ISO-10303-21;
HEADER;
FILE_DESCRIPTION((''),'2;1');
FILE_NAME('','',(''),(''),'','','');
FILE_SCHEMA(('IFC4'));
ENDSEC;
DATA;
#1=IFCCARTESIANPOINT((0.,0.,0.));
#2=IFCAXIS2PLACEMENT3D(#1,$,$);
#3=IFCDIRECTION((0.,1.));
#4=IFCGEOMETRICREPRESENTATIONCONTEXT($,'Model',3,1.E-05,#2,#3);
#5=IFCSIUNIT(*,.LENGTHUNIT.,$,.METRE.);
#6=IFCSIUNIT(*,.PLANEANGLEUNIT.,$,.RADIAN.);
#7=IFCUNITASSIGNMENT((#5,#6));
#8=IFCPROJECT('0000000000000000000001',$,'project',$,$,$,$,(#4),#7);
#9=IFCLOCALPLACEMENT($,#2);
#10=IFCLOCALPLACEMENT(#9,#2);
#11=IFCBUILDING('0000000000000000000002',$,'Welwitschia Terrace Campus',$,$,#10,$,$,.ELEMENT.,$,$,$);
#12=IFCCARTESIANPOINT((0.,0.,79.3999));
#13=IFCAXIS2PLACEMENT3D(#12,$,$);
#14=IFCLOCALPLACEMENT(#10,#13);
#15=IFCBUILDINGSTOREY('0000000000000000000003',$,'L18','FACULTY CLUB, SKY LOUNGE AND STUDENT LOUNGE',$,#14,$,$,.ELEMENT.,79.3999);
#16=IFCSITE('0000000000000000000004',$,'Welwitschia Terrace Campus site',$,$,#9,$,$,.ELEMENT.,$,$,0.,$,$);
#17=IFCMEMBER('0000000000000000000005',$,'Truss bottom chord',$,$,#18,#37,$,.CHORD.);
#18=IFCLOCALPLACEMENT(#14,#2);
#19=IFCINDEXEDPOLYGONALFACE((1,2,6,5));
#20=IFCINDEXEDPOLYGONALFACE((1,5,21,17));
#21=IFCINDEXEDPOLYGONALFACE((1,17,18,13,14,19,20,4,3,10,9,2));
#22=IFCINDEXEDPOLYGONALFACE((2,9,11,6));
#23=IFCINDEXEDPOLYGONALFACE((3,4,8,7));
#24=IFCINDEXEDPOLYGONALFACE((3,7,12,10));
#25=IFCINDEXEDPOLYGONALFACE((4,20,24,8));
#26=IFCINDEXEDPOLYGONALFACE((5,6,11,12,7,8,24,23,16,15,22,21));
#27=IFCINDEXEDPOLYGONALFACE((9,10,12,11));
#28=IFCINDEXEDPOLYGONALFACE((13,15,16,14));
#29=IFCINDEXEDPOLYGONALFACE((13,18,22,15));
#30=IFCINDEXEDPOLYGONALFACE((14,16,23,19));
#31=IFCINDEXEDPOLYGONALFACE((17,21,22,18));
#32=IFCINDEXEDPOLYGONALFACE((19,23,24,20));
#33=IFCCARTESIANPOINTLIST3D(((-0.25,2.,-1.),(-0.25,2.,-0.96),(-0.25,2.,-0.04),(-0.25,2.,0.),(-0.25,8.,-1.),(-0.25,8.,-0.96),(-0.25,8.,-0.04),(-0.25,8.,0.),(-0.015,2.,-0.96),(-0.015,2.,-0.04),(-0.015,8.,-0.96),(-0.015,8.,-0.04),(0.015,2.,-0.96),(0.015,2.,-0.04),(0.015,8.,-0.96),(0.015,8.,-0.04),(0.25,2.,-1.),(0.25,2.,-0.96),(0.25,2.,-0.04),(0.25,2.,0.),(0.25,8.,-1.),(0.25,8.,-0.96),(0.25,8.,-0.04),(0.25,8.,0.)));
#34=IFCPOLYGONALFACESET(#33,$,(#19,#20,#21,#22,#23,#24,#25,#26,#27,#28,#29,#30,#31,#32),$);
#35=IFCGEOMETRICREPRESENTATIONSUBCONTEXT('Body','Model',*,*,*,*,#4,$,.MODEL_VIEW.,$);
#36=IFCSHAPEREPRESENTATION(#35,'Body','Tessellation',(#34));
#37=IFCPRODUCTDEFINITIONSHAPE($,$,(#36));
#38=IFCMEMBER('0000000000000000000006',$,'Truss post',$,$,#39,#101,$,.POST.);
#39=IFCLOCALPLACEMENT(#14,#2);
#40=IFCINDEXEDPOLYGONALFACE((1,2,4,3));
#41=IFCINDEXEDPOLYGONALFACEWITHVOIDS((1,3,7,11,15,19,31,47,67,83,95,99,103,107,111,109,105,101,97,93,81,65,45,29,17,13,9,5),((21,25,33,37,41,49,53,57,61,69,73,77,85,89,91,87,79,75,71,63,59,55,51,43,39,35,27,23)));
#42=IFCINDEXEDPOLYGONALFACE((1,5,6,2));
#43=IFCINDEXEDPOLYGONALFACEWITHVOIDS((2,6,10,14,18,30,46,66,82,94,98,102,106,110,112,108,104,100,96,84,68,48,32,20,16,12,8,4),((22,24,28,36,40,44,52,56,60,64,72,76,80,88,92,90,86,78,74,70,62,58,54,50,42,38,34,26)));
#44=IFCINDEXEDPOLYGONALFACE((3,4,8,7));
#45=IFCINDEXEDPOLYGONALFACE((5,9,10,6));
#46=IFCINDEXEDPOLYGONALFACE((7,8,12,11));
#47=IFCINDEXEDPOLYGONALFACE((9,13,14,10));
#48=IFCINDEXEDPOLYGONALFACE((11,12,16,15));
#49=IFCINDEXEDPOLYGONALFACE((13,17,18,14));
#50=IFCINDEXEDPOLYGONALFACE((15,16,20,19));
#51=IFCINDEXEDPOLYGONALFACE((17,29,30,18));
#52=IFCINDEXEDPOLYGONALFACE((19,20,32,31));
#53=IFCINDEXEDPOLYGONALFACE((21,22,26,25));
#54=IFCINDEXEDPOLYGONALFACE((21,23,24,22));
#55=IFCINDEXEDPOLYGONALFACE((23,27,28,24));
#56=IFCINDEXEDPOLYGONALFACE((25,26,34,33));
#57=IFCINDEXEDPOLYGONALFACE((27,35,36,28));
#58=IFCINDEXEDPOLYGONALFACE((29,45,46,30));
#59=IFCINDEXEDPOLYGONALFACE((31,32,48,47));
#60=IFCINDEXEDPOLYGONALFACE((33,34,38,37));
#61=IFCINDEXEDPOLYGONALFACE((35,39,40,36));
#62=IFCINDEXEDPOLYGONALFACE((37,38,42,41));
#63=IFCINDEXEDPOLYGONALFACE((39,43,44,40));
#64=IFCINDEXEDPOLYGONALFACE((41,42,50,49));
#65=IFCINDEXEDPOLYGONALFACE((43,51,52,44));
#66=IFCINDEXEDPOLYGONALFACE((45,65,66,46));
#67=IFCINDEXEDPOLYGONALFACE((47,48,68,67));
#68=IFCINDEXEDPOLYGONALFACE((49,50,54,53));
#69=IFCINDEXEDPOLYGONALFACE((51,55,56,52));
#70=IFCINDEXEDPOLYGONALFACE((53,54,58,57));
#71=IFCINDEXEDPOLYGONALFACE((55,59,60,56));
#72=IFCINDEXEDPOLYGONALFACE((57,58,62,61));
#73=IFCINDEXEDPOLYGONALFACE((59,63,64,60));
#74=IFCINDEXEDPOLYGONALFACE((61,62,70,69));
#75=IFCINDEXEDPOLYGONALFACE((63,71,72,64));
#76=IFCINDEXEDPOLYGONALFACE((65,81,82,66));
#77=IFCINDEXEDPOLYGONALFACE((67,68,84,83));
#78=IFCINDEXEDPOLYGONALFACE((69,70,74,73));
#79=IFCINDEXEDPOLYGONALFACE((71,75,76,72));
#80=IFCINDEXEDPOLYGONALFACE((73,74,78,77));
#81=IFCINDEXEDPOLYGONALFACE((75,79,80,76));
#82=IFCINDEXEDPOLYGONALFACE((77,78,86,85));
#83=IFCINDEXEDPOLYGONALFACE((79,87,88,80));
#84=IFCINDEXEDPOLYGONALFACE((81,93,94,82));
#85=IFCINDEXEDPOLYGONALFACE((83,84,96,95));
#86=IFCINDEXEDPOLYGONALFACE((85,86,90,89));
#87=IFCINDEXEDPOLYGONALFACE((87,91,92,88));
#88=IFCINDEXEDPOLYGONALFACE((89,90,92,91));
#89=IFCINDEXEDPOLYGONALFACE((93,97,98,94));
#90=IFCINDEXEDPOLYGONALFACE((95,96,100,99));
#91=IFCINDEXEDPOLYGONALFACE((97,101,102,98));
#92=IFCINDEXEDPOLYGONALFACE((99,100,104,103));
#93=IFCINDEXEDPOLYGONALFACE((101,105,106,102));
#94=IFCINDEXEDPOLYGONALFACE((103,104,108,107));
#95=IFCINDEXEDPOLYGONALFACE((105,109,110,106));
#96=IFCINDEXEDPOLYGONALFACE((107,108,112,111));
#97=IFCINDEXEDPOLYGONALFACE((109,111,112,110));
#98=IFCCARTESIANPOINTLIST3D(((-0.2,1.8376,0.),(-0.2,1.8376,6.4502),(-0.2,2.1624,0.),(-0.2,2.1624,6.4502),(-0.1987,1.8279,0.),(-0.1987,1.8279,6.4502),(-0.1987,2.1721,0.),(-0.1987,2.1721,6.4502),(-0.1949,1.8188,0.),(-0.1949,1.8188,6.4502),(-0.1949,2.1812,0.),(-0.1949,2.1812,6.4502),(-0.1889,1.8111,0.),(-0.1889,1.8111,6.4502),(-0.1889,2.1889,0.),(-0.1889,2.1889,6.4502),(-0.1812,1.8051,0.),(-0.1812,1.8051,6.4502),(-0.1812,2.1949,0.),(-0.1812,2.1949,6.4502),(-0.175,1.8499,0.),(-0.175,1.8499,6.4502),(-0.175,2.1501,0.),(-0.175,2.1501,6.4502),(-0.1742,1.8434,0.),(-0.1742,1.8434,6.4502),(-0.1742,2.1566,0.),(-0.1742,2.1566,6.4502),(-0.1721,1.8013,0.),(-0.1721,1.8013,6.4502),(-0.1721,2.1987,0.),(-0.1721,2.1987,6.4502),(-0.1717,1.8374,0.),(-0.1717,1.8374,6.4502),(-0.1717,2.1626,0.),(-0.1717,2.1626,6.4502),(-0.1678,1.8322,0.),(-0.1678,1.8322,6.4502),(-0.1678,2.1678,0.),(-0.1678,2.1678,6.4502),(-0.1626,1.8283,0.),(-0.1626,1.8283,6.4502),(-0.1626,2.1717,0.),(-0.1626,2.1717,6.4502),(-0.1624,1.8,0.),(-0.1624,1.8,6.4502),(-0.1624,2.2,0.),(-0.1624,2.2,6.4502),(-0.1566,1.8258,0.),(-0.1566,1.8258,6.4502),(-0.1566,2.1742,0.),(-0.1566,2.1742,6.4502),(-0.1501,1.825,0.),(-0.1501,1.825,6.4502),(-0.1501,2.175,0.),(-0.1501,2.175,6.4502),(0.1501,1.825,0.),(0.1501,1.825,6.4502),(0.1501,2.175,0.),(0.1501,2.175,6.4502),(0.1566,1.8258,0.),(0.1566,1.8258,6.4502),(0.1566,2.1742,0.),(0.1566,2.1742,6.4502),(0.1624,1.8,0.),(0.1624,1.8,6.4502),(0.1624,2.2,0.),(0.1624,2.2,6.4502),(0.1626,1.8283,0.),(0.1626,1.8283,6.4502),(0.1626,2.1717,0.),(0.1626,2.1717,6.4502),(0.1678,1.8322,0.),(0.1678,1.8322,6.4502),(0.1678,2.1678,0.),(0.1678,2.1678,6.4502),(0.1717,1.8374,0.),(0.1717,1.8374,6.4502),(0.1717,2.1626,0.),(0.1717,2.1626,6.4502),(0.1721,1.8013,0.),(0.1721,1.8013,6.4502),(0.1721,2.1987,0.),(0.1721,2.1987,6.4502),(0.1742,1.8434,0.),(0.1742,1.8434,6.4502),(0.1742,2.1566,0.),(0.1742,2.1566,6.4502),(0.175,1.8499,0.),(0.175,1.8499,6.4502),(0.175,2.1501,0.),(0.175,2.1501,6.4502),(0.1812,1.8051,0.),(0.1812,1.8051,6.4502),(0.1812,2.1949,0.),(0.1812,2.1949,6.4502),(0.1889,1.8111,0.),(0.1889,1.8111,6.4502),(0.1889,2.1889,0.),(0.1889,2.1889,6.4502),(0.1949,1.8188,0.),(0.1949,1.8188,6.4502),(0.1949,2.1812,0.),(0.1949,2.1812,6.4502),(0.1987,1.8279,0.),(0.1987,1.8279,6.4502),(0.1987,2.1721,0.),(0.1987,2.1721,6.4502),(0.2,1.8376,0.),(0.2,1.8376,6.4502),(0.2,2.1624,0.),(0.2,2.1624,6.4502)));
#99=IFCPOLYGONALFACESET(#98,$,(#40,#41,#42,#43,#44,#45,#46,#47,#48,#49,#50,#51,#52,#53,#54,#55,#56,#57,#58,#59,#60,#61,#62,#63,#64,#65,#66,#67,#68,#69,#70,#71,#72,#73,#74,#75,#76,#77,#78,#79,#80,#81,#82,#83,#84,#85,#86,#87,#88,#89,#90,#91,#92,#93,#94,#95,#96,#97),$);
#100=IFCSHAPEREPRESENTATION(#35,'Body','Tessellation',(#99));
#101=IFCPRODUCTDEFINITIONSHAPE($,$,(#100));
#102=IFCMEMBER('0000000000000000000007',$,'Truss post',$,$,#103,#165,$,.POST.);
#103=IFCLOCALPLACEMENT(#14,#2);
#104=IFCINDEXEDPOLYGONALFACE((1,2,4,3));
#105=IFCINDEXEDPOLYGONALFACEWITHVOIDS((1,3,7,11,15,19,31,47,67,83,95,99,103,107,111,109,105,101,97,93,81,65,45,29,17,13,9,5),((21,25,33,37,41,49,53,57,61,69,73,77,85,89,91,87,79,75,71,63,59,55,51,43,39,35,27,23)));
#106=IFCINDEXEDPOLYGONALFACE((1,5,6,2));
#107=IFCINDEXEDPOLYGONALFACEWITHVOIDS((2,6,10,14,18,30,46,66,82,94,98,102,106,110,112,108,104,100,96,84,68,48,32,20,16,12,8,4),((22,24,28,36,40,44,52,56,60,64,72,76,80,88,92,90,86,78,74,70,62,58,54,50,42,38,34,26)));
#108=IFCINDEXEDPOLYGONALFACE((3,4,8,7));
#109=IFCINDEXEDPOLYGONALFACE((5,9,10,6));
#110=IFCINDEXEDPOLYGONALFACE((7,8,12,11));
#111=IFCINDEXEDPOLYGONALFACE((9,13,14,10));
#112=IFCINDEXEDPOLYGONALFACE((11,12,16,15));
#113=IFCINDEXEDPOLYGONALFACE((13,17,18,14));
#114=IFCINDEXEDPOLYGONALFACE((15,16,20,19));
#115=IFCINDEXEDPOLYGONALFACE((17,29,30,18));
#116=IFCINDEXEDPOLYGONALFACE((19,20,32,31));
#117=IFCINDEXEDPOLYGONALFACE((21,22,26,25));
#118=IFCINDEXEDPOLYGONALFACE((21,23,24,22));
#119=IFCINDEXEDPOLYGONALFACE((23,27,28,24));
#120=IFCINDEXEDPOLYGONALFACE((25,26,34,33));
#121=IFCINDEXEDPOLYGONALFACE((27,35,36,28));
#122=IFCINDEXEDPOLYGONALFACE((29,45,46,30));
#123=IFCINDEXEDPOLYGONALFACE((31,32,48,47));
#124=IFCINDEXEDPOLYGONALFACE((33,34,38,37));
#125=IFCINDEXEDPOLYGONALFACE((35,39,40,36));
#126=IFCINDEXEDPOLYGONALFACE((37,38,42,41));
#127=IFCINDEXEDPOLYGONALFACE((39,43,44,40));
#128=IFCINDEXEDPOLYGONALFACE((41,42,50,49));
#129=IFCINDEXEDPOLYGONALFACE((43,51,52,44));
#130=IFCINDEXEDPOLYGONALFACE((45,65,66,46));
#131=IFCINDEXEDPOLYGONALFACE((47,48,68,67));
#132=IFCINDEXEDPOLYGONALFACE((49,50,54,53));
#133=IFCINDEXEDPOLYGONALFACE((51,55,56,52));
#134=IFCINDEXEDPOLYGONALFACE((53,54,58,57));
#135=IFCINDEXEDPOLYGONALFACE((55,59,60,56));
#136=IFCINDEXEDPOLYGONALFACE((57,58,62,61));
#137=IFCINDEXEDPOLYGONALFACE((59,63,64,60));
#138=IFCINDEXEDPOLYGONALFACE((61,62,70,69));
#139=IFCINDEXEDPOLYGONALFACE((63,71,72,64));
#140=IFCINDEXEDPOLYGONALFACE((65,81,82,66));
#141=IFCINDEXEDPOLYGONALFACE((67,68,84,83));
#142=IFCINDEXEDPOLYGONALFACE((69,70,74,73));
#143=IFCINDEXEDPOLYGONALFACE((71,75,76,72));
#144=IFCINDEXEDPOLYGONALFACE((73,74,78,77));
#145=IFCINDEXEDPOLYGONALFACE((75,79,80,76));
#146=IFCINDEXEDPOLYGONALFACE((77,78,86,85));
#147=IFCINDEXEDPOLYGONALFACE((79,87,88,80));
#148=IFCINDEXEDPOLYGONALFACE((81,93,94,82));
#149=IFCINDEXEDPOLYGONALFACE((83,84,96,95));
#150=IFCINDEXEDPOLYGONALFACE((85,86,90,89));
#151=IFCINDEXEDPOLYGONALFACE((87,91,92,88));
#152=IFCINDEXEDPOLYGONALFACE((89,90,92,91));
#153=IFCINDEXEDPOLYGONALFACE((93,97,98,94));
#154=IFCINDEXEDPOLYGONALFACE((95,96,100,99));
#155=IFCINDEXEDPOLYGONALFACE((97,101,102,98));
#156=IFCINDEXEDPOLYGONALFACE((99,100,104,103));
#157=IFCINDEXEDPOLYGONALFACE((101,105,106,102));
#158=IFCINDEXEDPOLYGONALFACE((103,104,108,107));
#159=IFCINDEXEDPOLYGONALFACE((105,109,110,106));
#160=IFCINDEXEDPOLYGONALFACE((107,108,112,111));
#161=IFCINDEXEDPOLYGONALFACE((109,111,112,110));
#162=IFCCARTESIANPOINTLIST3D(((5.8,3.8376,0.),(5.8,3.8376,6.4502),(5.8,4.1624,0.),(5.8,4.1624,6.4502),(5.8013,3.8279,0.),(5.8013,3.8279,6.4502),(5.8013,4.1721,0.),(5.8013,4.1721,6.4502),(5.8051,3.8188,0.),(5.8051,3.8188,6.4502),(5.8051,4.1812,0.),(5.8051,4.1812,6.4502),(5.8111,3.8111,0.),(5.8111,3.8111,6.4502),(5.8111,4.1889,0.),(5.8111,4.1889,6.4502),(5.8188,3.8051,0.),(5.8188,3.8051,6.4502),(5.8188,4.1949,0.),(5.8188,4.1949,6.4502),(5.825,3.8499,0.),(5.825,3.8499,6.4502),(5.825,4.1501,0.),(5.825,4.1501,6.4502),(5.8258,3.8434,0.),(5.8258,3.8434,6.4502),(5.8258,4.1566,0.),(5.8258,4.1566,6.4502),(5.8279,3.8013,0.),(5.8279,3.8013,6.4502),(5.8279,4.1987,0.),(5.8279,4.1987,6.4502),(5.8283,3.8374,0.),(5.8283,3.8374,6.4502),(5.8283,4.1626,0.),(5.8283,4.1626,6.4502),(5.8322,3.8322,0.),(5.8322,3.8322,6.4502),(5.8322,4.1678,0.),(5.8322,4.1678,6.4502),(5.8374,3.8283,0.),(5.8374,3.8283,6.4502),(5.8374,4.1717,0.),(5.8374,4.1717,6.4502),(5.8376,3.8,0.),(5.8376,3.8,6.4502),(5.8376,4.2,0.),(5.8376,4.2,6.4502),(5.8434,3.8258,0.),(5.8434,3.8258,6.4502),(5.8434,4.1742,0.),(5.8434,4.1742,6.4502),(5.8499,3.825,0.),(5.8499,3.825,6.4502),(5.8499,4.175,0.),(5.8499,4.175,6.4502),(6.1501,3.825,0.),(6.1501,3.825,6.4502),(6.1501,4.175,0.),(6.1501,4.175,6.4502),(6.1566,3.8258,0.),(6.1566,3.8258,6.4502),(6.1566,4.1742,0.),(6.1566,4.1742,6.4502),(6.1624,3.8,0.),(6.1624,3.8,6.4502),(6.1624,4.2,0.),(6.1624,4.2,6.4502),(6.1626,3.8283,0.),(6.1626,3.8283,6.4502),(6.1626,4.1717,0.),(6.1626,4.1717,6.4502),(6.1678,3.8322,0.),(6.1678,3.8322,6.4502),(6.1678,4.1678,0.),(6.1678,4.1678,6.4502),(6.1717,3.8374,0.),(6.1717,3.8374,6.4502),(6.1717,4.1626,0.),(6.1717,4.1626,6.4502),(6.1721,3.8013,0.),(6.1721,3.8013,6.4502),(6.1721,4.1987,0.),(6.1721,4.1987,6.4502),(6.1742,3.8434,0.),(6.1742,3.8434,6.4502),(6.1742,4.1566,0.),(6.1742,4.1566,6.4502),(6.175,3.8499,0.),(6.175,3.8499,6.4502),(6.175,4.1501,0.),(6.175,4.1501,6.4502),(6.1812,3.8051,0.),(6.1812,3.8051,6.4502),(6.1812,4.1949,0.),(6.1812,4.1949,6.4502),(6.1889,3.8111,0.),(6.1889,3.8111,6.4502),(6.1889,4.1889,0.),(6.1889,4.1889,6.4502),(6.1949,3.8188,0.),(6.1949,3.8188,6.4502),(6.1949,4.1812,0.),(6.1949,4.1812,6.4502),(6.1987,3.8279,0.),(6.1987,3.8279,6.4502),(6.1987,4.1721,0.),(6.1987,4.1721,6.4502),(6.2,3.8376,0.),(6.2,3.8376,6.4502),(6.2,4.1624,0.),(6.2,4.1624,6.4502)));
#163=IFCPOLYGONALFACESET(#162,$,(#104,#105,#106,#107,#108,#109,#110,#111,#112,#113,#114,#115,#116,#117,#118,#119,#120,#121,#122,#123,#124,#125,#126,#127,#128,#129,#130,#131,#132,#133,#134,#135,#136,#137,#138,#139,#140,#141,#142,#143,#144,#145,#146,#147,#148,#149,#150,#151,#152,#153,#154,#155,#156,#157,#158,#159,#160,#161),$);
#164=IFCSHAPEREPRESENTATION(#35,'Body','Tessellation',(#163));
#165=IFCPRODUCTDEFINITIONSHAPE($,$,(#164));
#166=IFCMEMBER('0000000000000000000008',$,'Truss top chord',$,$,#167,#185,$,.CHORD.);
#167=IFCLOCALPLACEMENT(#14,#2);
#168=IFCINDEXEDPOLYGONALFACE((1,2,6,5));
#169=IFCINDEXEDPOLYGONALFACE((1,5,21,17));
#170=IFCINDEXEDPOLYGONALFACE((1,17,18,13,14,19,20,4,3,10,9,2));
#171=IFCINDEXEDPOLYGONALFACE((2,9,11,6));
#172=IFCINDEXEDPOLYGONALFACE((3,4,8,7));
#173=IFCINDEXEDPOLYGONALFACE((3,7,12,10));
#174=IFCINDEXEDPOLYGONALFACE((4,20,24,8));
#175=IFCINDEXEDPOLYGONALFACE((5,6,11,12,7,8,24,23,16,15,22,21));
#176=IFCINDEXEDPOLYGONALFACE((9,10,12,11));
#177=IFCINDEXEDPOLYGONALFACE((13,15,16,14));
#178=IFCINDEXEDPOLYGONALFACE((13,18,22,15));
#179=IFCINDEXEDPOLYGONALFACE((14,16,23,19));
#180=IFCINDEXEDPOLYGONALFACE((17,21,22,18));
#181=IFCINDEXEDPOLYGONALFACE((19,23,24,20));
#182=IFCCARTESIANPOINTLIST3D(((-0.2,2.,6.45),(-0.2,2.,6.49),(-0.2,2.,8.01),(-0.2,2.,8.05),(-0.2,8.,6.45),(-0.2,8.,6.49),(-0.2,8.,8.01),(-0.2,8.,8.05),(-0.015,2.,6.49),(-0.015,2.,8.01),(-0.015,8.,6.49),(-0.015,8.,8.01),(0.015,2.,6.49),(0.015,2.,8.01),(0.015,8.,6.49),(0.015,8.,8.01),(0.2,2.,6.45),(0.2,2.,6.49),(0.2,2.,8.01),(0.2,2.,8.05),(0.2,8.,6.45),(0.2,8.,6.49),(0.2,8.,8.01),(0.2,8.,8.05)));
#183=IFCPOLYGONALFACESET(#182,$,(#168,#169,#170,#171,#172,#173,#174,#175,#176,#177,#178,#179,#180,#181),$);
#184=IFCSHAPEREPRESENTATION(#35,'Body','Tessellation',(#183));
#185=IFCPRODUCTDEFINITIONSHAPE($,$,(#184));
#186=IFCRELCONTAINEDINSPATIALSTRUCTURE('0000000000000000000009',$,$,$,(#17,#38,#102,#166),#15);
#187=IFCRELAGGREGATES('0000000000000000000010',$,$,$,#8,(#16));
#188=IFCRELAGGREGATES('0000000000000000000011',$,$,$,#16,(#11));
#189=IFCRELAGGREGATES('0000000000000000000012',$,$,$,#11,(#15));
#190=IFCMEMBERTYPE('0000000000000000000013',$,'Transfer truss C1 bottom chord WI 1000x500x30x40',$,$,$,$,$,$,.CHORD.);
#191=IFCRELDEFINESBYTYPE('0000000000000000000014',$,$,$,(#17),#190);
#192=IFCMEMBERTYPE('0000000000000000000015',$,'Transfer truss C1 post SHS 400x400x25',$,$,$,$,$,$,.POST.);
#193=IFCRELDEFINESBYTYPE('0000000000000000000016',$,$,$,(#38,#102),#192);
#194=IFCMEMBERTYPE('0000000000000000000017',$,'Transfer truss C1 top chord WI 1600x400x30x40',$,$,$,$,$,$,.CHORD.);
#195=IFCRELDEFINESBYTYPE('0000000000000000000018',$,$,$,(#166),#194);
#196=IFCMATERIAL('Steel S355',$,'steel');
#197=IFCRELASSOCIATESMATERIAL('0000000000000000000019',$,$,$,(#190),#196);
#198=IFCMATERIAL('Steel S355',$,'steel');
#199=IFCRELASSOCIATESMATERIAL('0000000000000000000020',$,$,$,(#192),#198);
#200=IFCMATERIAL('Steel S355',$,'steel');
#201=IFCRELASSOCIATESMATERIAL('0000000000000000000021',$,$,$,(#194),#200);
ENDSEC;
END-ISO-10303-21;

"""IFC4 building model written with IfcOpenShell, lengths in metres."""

from ifc_helpers import new_model, si_unit, direction, frame, origin, origin_2d, place, context, subcontext, project, spatial, hollow_rectangle, i_section, extrude, material, material_profile, profile_set, type_object, element, save


model = new_model("IFC4")

# Units and contexts
model_context = context("Model", 3, precision=1e-05, world=origin(), true_north=direction((0.0, 1.0)))
body_context = subcontext(model_context, "Body", "Model", "MODEL_VIEW")
ifc_project = project(units=[si_unit("LENGTHUNIT", "METRE"), si_unit("PLANEANGLEUNIT", "RADIAN")], contexts=[model_context])

# Site, building, storey
site_placement = place(None, origin())
site = spatial("IfcSite", under=ifc_project, at=site_placement, Name="Welwitschia Terrace Campus site", CompositionType="ELEMENT", RefElevation=0.0)
building_placement = place(site_placement, origin())
building = spatial("IfcBuilding", under=site, at=building_placement, Name="Welwitschia Terrace Campus", CompositionType="ELEMENT")
storey_placement = place(building_placement, frame((0.0, 0.0, 79.3999)))
storey = spatial("IfcBuildingStorey", under=building, at=storey_placement, Name="L18", Description="FACULTY CLUB, SKY LOUNGE AND STUDENT LOUNGE", CompositionType="ELEMENT", Elevation=79.3999)

# Members
ifc_material_1 = material(Name="Steel S355", Category="steel")
ifc_material_profile_1 = material_profile(ifc_material_1, i_section(OverallWidth=0.5, OverallDepth=1.0, WebThickness=0.03, FlangeThickness=0.04, at=origin_2d()))
ifc_profile_set_1 = profile_set([ifc_material_profile_1], Name="Steel S355")
member_type_1 = type_object("IfcMemberType", Name="Transfer truss C1 bottom chord WI 1000x500x30x40", PredefinedType="CHORD", material=ifc_profile_set_1)
member_1_placement = place(storey_placement, frame((0.0, 2.0, -0.5), z_axis=(0.0, 1.0, 0.0), x_axis=(-1.0, 0.0, 0.0)))
element("IfcMember", 1, at=member_1_placement, inside=storey, type_object=member_type_1, Name="Truss bottom chord", PredefinedType="CHORD", context=body_context, shape_type="SweptSolid", body=[
    extrude(i_section(OverallWidth=0.5, OverallDepth=1.0, WebThickness=0.03, FlangeThickness=0.04, at=origin_2d()), origin(), (0.0, 0.0, 1.0), 6.0),
])
ifc_material_2 = material(Name="Steel S355", Category="steel")
ifc_material_profile_2 = material_profile(ifc_material_2, hollow_rectangle(XDim=0.3999, YDim=0.3999, WallThickness=0.0249, InnerFilletRadius=0.0249, OuterFilletRadius=0.0376, at=origin_2d()))
ifc_profile_set_2 = profile_set([ifc_material_profile_2], Name="Steel S355")
member_type_2 = type_object("IfcMemberType", Name="Transfer truss C1 post SHS 400x400x25", PredefinedType="POST", material=ifc_profile_set_2)
for number, where, z_axis, x_axis, name in (
    (2, (0.0, 2.0, 0.0), (0.0, 0.0, 1.0), (1.0, 0.0, 0.0), "Truss post"),
    (3, (6.0, 4.0, 0.0), (0.0, 0.0, 1.0), (1.0, 0.0, 0.0), "Truss post"),
):
    element("IfcMember", number, at=place(storey_placement, frame(where, z_axis=z_axis, x_axis=x_axis)), inside=storey, type_object=member_type_2, Name=name, PredefinedType="POST", context=body_context, shape_type="SweptSolid", body=[
        extrude(hollow_rectangle(XDim=0.3999, YDim=0.3999, WallThickness=0.0249, InnerFilletRadius=0.0249, OuterFilletRadius=0.0376, at=origin_2d()), origin(), (0.0, 0.0, 1.0), 6.4502),
    ])
ifc_material_3 = material(Name="Steel S355", Category="steel")
ifc_material_profile_3 = material_profile(ifc_material_3, i_section(OverallWidth=0.3999, OverallDepth=1.6001, WebThickness=0.03, FlangeThickness=0.04, at=origin_2d()))
ifc_profile_set_3 = profile_set([ifc_material_profile_3], Name="Steel S355")
member_type_3 = type_object("IfcMemberType", Name="Transfer truss C1 top chord WI 1600x400x30x40", PredefinedType="CHORD", material=ifc_profile_set_3)
member_2_placement = place(storey_placement, frame((0.0, 2.0, 7.25), z_axis=(0.0, 1.0, 0.0), x_axis=(-1.0, 0.0, 0.0)))
element("IfcMember", 4, at=member_2_placement, inside=storey, type_object=member_type_3, Name="Truss top chord", PredefinedType="CHORD", context=body_context, shape_type="SweptSolid", body=[
    extrude(i_section(OverallWidth=0.3999, OverallDepth=1.6001, WebThickness=0.03, FlangeThickness=0.04, at=origin_2d()), origin(), (0.0, 0.0, 1.0), 6.0),
])

save(model, "model.ifc")
